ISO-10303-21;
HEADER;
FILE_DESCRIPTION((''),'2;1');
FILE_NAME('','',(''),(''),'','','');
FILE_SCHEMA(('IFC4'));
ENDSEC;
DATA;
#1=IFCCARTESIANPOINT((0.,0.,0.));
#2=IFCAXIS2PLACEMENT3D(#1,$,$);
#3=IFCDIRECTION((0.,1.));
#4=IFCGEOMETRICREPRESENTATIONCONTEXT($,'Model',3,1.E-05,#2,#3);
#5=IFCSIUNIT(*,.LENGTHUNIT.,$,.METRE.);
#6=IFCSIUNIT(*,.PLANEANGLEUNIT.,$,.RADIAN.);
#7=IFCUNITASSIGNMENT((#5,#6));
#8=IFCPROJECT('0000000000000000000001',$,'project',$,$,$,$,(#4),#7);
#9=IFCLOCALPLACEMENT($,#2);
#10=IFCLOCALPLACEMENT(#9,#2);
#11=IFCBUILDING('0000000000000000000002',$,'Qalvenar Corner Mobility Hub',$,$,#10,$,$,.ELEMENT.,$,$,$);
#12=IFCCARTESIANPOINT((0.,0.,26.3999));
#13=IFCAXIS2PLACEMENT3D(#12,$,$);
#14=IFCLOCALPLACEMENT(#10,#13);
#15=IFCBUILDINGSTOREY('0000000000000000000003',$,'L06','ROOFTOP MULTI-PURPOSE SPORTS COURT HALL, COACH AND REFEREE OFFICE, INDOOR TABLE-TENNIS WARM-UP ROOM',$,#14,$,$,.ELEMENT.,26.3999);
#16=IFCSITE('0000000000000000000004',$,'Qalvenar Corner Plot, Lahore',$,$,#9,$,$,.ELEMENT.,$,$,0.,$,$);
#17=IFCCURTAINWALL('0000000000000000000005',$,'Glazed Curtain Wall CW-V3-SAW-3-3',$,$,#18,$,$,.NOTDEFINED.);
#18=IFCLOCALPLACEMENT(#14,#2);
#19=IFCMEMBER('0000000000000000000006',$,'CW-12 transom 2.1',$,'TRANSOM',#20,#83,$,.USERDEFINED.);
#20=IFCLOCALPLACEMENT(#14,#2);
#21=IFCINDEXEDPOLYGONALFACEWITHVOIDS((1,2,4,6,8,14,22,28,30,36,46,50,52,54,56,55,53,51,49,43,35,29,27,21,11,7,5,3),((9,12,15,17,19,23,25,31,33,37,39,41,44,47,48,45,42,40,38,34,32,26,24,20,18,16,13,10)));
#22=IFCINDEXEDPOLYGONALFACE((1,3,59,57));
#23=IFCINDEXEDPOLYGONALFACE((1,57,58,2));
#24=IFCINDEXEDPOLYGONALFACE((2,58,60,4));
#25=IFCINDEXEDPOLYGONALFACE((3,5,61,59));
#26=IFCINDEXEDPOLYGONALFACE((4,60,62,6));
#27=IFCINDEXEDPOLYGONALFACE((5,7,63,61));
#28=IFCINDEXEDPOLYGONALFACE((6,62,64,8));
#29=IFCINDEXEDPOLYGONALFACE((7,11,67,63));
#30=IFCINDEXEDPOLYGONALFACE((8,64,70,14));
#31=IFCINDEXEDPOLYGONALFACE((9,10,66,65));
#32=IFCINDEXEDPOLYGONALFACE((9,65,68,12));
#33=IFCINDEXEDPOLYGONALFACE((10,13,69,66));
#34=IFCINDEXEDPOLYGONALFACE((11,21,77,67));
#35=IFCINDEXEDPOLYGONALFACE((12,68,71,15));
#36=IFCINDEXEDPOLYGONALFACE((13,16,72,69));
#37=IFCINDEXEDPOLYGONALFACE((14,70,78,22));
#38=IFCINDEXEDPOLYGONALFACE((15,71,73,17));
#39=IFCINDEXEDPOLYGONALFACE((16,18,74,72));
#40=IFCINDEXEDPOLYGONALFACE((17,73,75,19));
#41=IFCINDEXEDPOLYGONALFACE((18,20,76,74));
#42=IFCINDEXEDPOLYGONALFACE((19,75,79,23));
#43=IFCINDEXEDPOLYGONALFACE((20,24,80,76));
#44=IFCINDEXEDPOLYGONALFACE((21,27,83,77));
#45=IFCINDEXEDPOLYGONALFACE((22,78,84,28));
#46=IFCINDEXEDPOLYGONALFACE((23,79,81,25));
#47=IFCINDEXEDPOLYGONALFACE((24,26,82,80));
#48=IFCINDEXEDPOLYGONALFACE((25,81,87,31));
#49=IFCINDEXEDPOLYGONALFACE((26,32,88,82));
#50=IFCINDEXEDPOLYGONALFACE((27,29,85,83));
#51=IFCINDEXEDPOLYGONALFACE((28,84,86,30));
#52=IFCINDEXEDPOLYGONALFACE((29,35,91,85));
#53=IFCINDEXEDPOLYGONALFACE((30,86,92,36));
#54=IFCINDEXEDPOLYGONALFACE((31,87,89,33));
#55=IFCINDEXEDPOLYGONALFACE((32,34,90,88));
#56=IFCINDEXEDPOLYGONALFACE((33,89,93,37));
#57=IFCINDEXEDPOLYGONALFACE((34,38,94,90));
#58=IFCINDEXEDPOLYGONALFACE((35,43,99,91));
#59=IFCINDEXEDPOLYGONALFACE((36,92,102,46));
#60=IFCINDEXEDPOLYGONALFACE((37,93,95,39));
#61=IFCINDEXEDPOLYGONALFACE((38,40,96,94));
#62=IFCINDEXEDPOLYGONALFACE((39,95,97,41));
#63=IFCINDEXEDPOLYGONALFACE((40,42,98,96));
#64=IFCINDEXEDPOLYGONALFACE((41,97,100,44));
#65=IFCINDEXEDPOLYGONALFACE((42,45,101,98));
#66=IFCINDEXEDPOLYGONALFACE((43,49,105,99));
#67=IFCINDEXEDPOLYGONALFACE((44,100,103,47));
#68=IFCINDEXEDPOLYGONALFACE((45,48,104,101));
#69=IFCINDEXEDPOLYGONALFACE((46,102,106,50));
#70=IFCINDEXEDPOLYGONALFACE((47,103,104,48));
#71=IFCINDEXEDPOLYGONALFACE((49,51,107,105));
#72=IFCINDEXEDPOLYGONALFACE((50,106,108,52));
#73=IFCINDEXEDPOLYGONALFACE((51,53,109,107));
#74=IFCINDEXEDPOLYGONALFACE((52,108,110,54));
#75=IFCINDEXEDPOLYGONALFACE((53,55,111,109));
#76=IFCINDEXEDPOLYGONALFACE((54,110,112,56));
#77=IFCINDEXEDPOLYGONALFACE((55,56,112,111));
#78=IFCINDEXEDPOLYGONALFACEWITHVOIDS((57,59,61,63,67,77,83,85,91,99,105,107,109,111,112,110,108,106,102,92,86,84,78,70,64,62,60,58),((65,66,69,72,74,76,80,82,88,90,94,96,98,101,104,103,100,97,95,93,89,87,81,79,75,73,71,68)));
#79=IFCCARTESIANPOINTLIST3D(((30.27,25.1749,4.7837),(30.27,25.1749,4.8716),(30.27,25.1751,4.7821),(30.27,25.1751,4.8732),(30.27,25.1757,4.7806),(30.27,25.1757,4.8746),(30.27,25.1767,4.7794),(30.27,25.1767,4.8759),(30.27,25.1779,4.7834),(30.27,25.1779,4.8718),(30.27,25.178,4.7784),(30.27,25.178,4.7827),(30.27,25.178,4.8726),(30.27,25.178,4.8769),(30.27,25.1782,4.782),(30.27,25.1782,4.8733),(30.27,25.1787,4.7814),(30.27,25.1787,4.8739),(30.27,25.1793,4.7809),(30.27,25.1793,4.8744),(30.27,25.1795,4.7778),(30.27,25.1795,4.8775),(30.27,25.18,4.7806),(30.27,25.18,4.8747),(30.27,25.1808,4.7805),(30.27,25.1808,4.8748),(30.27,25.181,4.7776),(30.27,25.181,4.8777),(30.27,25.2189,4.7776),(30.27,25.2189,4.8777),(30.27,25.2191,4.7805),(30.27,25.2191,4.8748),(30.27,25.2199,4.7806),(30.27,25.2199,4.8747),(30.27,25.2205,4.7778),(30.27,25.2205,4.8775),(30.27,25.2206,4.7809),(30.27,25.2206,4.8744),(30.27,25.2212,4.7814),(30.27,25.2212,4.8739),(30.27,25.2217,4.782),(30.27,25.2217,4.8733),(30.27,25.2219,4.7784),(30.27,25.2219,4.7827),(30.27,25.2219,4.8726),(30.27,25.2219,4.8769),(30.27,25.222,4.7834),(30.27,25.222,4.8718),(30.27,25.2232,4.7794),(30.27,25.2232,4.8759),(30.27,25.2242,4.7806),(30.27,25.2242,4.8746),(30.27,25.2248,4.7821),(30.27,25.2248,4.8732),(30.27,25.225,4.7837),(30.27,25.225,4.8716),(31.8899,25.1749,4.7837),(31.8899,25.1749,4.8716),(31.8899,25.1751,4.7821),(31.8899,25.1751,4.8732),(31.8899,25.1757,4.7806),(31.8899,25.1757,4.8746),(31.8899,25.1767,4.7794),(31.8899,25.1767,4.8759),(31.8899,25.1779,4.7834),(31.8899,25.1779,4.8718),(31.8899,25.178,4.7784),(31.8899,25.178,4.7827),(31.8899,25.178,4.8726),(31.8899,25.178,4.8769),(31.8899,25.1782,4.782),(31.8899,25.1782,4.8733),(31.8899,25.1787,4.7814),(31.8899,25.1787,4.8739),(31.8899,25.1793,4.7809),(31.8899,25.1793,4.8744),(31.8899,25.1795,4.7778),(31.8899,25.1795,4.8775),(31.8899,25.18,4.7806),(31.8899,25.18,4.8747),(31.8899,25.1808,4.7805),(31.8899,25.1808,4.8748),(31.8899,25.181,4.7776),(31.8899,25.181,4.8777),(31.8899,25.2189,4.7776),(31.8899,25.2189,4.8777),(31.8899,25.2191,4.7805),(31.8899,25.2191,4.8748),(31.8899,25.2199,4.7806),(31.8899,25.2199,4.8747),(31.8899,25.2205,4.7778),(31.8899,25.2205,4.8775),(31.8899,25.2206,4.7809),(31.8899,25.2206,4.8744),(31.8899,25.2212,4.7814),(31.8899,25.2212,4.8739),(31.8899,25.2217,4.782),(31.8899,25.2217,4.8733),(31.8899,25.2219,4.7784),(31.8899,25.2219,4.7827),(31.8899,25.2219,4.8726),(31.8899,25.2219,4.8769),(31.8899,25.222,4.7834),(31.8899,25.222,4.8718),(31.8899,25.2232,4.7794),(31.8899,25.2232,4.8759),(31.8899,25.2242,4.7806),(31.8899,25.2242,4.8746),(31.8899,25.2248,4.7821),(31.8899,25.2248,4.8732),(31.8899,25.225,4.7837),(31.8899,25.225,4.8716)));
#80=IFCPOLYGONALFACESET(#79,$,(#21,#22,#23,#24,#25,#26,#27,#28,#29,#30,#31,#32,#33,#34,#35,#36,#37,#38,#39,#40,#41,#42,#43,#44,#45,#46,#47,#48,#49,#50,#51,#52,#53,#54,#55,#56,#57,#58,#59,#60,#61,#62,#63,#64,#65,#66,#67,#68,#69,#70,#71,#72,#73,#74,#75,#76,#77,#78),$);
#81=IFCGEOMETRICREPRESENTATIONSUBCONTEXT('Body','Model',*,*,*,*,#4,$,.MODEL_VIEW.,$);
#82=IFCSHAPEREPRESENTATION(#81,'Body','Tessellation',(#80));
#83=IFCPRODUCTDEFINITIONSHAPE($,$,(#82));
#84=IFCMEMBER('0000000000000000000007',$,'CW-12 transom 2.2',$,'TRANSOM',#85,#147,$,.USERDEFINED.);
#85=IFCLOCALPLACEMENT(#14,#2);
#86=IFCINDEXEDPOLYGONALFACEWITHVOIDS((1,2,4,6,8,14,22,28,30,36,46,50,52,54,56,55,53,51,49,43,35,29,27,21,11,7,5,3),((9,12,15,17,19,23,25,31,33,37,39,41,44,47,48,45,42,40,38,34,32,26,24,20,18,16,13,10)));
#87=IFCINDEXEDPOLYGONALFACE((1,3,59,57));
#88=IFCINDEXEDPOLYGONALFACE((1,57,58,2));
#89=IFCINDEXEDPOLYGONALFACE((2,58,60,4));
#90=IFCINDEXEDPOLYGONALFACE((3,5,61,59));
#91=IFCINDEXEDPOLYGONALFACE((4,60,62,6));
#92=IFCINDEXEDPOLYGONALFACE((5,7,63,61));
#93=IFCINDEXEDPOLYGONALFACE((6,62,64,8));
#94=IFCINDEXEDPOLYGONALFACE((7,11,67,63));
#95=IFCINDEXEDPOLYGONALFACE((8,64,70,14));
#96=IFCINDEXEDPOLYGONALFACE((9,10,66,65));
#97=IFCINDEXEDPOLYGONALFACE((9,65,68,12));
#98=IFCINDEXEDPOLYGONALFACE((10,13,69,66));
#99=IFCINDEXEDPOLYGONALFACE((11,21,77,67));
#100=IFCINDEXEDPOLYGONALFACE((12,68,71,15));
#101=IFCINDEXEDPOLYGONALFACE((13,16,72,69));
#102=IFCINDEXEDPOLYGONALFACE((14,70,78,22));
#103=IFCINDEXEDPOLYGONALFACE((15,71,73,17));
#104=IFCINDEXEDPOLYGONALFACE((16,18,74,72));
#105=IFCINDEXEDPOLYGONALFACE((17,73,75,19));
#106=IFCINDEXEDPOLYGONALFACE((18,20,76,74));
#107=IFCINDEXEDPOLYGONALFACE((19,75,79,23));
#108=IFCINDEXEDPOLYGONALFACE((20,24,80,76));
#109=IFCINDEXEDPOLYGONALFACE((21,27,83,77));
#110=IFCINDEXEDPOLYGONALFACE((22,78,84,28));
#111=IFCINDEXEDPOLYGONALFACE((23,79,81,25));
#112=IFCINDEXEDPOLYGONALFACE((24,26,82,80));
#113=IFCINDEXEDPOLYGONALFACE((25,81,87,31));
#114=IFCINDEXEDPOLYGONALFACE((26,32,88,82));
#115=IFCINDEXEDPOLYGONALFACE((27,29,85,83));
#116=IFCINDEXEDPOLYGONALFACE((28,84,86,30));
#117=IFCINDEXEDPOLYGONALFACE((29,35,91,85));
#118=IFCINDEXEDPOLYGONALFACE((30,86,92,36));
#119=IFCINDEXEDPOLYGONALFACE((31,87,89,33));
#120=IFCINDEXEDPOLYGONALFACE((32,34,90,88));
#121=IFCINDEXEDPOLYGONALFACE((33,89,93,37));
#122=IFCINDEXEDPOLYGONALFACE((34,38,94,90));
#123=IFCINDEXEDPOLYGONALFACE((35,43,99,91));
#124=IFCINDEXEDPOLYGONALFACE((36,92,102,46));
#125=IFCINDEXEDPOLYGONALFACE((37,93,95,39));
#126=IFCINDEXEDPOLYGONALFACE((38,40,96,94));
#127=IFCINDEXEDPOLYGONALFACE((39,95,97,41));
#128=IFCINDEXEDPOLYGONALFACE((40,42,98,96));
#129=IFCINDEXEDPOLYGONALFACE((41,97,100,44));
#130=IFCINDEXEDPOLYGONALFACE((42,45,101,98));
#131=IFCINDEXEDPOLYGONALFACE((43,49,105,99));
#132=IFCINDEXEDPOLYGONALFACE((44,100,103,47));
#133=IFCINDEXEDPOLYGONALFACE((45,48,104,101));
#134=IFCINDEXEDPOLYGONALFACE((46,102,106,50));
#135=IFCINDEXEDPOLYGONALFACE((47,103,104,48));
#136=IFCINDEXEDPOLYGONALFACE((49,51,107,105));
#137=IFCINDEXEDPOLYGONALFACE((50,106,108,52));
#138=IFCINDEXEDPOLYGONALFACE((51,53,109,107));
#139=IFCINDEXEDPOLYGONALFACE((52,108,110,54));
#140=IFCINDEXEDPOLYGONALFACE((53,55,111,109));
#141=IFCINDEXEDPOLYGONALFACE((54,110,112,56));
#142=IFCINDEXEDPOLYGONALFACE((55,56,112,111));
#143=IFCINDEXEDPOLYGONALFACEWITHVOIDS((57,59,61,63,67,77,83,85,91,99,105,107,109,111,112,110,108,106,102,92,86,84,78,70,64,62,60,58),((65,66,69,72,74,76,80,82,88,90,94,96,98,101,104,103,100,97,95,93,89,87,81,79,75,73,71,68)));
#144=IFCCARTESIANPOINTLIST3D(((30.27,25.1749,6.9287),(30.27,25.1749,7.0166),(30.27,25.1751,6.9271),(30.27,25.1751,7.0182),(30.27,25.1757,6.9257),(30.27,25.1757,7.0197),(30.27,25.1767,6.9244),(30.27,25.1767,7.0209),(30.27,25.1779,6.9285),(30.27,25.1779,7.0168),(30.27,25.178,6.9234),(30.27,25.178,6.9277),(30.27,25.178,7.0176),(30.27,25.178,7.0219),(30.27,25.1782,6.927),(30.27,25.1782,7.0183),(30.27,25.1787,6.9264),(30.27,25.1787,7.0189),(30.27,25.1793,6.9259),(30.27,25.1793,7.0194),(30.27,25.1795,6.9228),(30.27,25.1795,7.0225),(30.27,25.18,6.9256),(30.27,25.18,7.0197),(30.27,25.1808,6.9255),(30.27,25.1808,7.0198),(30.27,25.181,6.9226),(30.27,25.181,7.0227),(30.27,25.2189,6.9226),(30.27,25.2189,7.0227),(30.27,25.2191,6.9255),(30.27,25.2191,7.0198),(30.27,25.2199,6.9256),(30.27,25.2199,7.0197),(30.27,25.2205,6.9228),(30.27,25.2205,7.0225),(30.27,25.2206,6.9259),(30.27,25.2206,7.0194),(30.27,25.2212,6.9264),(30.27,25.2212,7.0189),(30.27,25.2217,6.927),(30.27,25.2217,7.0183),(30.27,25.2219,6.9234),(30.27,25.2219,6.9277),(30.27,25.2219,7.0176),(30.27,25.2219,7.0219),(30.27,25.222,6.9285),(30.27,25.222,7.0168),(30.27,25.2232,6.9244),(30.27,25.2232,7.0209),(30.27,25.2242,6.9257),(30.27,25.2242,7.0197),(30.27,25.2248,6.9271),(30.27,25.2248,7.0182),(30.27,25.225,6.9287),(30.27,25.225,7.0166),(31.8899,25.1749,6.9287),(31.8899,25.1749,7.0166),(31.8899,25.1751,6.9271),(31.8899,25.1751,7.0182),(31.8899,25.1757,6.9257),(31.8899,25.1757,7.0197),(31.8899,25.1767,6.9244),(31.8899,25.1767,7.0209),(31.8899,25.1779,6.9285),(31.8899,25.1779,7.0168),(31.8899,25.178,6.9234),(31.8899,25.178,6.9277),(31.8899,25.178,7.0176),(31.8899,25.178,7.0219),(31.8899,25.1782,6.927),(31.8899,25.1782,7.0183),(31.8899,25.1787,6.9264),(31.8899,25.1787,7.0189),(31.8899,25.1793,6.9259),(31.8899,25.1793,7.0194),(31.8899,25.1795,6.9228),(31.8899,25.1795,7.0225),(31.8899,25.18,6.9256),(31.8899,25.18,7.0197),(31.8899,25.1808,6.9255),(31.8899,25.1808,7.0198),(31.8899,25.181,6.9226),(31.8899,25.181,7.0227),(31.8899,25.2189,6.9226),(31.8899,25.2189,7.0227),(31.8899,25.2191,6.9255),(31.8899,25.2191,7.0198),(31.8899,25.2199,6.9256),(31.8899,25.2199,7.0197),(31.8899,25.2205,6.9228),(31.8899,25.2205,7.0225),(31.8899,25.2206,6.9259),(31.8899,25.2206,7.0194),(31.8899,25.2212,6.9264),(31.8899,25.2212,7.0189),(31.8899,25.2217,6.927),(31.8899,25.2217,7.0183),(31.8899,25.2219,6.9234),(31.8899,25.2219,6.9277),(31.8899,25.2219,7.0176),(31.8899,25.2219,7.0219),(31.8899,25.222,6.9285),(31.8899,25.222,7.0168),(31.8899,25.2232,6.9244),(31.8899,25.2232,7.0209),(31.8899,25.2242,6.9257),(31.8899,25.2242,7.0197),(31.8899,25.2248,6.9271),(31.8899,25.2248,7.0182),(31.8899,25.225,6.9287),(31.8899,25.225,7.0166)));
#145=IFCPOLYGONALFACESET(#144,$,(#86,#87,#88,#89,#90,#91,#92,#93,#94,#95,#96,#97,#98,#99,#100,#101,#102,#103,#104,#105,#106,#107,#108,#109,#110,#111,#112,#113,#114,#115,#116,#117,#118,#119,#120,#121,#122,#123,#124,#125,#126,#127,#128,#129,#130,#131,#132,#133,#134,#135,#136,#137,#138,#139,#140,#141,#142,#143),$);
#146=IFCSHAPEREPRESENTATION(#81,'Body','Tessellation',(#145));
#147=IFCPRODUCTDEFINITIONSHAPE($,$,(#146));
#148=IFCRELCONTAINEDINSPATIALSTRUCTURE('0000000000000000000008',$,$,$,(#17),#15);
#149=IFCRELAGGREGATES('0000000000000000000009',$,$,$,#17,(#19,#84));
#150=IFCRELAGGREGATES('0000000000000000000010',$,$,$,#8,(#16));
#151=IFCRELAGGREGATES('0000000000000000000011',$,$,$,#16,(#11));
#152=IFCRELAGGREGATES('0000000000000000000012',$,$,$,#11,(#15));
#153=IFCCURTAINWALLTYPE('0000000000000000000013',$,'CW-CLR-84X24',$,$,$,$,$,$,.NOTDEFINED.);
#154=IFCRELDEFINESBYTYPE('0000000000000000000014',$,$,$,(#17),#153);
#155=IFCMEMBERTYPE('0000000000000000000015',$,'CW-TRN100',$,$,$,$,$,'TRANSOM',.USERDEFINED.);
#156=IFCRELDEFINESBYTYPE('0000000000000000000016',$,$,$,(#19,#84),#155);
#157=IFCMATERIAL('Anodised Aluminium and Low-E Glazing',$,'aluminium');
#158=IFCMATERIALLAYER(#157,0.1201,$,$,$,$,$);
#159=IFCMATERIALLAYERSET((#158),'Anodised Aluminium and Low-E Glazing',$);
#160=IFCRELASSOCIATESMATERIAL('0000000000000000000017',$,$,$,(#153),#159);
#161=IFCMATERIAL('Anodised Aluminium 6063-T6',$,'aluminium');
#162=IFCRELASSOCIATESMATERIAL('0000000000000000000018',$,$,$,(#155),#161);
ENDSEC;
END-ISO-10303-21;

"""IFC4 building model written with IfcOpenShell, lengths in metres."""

from ifc_helpers import new_model, si_unit, direction, frame, origin, origin_2d, place, context, subcontext, project, spatial, hollow_rectangle, extrude, material, layer, layer_set, material_profile, profile_set, type_object, element, aggregate, save


model = new_model("IFC4")

# Units and contexts
model_context = context("Model", 3, precision=1e-05, world=origin(), true_north=direction((0.0, 1.0)))
body_context = subcontext(model_context, "Body", "Model", "MODEL_VIEW")
ifc_project = project(units=[si_unit("LENGTHUNIT", "METRE"), si_unit("PLANEANGLEUNIT", "RADIAN")], contexts=[model_context])

# Site, building, storey
site_placement = place(None, origin())
site = spatial("IfcSite", under=ifc_project, at=site_placement, Name="Qalvenar Corner Plot, Lahore", CompositionType="ELEMENT", RefElevation=0.0)
building_placement = place(site_placement, origin())
building = spatial("IfcBuilding", under=site, at=building_placement, Name="Qalvenar Corner Mobility Hub", CompositionType="ELEMENT")
storey_placement = place(building_placement, frame((0.0, 0.0, 26.3999)))
storey = spatial("IfcBuildingStorey", under=building, at=storey_placement, Name="L06", Description="ROOFTOP MULTI-PURPOSE SPORTS COURT HALL, COACH AND REFEREE OFFICE, INDOOR TABLE-TENNIS WARM-UP ROOM", CompositionType="ELEMENT", Elevation=26.3999)

# Curtain wall
ifc_material_1 = material(Name="Anodised Aluminium and Low-E Glazing", Category="aluminium")
ifc_layer_1 = layer(ifc_material_1, 0.1201)
ifc_layer_set_1 = layer_set([ifc_layer_1], Name="Anodised Aluminium and Low-E Glazing")
curtain_wall_type = type_object("IfcCurtainWallType", Name="CW-CLR-84X24", PredefinedType="NOTDEFINED", material=ifc_layer_set_1)
ifc_material_2 = material(Name="Anodised Aluminium 6063-T6", Category="aluminium")
curtain_wall_1_placement = place(storey_placement, origin())
curtain_wall_1 = element("IfcCurtainWall", 1, at=curtain_wall_1_placement, inside=storey, type_object=curtain_wall_type, Name="Glazed Curtain Wall CW-V3-SAW-3-3", PredefinedType="NOTDEFINED")

# Members
ifc_material_profile_1 = material_profile(ifc_material_2, hollow_rectangle(XDim=0.05, YDim=0.1001, WallThickness=0.0029, InnerFilletRadius=0.0029, OuterFilletRadius=0.0061, at=origin_2d()), Name="RHS100x50x3")
ifc_profile_set_1 = profile_set([ifc_material_profile_1], Name="Anodised Aluminium 6063-T6")
member_type_1 = type_object("IfcMemberType", Name="CW-TRN100", ElementType="TRANSOM", PredefinedType="USERDEFINED", material=ifc_profile_set_1)
member_1_placement = place(storey_placement, frame((31.8899, 25.2, 4.8276), z_axis=(-1.0, 0.0, 0.0), x_axis=(0.0, -1.0, 0.0)))
member_1 = element("IfcMember", 2, at=member_1_placement, type_object=member_type_1, Name="CW-12 transom 2.1", ObjectType="TRANSOM", PredefinedType="USERDEFINED", context=body_context, shape_type="SweptSolid", body=[
    extrude(hollow_rectangle(XDim=0.05, YDim=0.1001, WallThickness=0.0029, InnerFilletRadius=0.0029, OuterFilletRadius=0.0061, at=origin_2d()), origin(), (0.0, 0.0, 1.0), 1.6199),
])
member_2_placement = place(storey_placement, frame((31.8899, 25.2, 6.9727), z_axis=(-1.0, 0.0, 0.0), x_axis=(0.0, -1.0, 0.0)))
member_2 = element("IfcMember", 3, at=member_2_placement, type_object=member_type_1, Name="CW-12 transom 2.2", ObjectType="TRANSOM", PredefinedType="USERDEFINED", context=body_context, shape_type="SweptSolid", body=[
    extrude(hollow_rectangle(XDim=0.05, YDim=0.1001, WallThickness=0.0029, InnerFilletRadius=0.0029, OuterFilletRadius=0.0061, at=origin_2d()), origin(), (0.0, 0.0, 1.0), 1.6199),
])

aggregate(curtain_wall_1, [member_1, member_2])

save(model, "model.ifc")
